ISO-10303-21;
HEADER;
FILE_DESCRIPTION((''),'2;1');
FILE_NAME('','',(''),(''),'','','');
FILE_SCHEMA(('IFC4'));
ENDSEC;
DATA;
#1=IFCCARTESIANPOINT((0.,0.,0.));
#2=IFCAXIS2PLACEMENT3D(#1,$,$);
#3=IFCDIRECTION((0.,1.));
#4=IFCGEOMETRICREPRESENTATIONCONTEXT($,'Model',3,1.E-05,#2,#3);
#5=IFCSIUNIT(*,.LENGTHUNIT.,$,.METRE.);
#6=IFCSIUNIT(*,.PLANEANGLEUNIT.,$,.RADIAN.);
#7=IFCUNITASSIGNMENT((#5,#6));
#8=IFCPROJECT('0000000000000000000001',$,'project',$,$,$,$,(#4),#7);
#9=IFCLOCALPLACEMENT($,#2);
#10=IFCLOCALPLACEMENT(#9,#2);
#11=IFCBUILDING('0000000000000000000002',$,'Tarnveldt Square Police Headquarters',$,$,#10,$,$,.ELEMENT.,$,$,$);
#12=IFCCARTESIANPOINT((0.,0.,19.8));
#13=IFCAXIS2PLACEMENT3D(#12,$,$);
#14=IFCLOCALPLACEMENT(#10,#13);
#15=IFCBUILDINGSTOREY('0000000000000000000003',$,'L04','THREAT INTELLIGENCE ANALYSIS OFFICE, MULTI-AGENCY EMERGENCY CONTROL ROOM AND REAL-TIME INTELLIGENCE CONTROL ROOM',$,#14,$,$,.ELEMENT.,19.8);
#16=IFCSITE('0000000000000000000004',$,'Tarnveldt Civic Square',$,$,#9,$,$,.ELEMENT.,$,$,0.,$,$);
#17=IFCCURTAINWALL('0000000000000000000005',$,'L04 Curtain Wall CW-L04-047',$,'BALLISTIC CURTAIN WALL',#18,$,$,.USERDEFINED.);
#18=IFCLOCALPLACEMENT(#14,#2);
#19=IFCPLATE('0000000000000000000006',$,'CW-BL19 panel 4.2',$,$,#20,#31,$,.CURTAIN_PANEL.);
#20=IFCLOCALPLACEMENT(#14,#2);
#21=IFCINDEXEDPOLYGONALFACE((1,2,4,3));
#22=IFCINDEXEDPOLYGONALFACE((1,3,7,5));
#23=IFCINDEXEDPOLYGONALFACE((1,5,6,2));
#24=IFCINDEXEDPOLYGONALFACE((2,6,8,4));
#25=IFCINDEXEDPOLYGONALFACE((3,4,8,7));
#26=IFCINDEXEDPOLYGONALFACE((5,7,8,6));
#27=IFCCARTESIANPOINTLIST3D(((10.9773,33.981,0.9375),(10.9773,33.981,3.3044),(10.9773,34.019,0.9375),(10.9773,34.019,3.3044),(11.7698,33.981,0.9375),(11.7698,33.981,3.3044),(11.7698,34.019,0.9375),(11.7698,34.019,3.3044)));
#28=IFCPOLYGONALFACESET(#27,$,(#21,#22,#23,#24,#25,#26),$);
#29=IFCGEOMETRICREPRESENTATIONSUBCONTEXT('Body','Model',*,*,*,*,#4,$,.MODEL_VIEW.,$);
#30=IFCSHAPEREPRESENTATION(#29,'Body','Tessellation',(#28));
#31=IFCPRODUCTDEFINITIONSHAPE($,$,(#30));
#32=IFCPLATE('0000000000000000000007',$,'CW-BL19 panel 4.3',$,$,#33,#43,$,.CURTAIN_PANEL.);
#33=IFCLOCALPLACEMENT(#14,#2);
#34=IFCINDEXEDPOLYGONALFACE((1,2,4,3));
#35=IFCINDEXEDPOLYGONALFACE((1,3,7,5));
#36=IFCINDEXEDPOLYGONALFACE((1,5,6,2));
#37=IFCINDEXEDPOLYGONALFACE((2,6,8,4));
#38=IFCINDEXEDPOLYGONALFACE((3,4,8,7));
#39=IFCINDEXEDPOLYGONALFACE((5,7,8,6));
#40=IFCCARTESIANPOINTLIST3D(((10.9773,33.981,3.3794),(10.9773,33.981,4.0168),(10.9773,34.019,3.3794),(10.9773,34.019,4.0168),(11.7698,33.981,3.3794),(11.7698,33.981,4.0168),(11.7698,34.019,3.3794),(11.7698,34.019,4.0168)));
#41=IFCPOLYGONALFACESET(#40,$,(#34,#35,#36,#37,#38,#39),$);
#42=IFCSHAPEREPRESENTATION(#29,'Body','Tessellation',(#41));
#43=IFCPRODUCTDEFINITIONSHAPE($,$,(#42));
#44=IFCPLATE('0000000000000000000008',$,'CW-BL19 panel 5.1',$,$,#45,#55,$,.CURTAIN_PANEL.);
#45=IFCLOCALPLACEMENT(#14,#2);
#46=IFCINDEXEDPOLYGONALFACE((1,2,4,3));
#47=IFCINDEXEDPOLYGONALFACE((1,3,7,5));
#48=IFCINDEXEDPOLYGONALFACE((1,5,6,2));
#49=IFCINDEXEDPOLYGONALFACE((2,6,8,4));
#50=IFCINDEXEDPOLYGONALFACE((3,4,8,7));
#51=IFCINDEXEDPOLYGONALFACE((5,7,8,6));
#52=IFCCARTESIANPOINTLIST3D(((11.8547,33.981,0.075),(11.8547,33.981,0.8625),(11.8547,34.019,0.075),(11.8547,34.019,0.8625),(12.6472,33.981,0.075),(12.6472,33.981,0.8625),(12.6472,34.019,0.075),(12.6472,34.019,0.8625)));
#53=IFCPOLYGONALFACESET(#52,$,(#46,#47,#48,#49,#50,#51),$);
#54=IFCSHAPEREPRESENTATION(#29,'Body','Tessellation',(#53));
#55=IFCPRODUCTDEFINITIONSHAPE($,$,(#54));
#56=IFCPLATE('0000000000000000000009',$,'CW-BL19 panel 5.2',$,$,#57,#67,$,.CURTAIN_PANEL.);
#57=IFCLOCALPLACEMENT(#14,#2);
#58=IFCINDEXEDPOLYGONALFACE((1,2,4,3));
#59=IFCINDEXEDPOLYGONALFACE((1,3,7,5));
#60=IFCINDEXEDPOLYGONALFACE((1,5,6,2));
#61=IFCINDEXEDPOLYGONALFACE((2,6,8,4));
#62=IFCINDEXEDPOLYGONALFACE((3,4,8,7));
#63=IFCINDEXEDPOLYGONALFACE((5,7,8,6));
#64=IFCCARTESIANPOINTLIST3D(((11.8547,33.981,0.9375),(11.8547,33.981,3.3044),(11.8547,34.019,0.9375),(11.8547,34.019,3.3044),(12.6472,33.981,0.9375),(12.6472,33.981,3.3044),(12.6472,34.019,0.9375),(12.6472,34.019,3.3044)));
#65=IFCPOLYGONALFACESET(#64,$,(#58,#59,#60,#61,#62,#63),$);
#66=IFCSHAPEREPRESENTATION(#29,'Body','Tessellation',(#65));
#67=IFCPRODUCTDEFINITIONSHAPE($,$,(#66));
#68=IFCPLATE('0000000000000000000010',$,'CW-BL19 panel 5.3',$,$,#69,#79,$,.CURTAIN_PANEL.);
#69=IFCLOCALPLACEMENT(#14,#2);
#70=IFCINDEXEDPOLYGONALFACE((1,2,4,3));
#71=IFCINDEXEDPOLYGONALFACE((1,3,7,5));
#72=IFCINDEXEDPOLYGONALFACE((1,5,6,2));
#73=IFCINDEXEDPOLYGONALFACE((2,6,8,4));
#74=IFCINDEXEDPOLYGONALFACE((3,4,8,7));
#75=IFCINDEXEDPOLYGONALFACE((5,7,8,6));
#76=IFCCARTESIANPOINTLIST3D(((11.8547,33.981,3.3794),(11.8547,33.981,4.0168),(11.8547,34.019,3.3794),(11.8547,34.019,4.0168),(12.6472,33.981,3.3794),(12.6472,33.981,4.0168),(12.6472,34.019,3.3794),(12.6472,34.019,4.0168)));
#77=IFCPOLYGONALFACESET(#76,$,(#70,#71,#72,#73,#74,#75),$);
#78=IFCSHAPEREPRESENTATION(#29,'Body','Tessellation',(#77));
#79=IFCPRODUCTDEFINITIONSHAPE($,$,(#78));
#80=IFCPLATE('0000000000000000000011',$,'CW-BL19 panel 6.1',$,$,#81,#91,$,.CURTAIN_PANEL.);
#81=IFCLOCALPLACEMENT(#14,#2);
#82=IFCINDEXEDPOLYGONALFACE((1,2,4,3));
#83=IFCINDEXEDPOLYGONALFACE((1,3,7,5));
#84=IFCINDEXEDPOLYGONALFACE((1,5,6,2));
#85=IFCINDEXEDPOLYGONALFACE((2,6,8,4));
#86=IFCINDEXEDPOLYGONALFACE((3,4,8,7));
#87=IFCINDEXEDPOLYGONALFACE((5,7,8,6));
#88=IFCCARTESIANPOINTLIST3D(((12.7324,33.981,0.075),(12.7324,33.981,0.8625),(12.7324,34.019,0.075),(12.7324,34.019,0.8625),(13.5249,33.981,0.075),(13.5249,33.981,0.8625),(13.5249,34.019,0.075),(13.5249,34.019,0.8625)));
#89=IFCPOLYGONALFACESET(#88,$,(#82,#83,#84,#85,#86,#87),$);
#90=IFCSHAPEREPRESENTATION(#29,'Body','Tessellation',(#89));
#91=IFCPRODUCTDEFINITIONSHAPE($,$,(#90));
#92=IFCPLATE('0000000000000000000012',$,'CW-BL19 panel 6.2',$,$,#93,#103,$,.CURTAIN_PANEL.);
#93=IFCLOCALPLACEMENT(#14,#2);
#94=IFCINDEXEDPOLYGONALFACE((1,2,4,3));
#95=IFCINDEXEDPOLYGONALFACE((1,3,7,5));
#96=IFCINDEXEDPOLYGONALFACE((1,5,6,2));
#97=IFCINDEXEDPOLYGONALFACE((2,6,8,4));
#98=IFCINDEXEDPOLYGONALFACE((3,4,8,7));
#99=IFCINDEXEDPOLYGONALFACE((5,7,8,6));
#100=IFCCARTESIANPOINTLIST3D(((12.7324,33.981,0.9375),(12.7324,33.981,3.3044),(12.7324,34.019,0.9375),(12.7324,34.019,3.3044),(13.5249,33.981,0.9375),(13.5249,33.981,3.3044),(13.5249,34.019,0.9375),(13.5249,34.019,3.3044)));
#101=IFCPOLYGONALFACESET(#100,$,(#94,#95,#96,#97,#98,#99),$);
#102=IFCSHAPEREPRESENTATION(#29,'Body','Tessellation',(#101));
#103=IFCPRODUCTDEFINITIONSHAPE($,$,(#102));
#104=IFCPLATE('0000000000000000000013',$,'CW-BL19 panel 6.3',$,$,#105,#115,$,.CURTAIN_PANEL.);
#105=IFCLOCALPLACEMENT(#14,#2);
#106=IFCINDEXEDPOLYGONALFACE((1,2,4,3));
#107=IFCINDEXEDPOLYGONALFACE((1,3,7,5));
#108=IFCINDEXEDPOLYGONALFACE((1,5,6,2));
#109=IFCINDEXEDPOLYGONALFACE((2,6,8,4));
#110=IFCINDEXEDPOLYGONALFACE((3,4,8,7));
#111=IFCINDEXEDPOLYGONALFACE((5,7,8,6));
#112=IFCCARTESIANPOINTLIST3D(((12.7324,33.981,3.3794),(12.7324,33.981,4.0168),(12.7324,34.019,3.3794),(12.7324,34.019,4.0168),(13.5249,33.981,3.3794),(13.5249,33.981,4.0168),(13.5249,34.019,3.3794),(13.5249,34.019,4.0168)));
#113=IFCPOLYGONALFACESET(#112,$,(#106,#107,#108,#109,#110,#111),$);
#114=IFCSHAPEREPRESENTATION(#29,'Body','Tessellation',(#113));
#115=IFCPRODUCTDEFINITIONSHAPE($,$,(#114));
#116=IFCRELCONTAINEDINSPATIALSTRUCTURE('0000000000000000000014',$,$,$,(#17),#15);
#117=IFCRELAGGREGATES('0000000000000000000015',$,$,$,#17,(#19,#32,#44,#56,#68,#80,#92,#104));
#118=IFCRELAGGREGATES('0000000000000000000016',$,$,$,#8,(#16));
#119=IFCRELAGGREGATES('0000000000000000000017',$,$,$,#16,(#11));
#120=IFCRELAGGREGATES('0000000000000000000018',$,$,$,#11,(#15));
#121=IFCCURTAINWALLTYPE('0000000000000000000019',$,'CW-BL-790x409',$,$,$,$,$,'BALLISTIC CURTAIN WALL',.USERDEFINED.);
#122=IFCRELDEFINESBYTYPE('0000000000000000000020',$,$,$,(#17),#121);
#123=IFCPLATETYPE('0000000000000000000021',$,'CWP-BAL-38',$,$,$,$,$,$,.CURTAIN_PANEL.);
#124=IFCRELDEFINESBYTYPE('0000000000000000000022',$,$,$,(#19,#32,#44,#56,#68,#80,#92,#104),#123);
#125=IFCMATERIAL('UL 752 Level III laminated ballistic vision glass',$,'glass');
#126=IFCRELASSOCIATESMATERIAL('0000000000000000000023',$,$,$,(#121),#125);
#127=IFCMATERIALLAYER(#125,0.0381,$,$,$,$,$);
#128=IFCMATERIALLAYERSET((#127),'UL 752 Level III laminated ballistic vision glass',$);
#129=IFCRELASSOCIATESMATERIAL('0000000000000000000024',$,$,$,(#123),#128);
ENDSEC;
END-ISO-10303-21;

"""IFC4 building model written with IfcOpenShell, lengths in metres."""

from ifc_helpers import new_model, si_unit, direction, frame, origin, origin_2d, place, context, subcontext, project, spatial, rectangle, extrude, material, layer, layer_set, type_object, element, aggregate, save


model = new_model("IFC4")

# Units and contexts
model_context = context("Model", 3, precision=1e-05, world=origin(), true_north=direction((0.0, 1.0)))
body_context = subcontext(model_context, "Body", "Model", "MODEL_VIEW")
ifc_project = project(units=[si_unit("LENGTHUNIT", "METRE"), si_unit("PLANEANGLEUNIT", "RADIAN")], contexts=[model_context])

# Site, building, storey
site_placement = place(None, origin())
site = spatial("IfcSite", under=ifc_project, at=site_placement, Name="Tarnveldt Civic Square", CompositionType="ELEMENT", RefElevation=0.0)
building_placement = place(site_placement, origin())
building = spatial("IfcBuilding", under=site, at=building_placement, Name="Tarnveldt Square Police Headquarters", CompositionType="ELEMENT")
storey_placement = place(building_placement, frame((0.0, 0.0, 19.8)))
storey = spatial("IfcBuildingStorey", under=building, at=storey_placement, Name="L04", Description="THREAT INTELLIGENCE ANALYSIS OFFICE, MULTI-AGENCY EMERGENCY CONTROL ROOM AND REAL-TIME INTELLIGENCE CONTROL ROOM", CompositionType="ELEMENT", Elevation=19.8)

# Curtain wall, plates
ifc_material_1 = material(Name="UL 752 Level III laminated ballistic vision glass", Category="glass")
curtain_wall_type = type_object("IfcCurtainWallType", Name="CW-BL-790x409", ElementType="BALLISTIC CURTAIN WALL", PredefinedType="USERDEFINED", material=ifc_material_1)
curtain_wall_placement = place(storey_placement, origin())
curtain_wall = element("IfcCurtainWall", 1, at=curtain_wall_placement, inside=storey, type_object=curtain_wall_type, Name="L04 Curtain Wall CW-L04-047", ObjectType="BALLISTIC CURTAIN WALL", PredefinedType="USERDEFINED")
ifc_layer = layer(ifc_material_1, 0.0381)
ifc_layer_set = layer_set([ifc_layer], Name="UL 752 Level III laminated ballistic vision glass")
plate_type = type_object("IfcPlateType", Name="CWP-BAL-38", PredefinedType="CURTAIN_PANEL", material=ifc_layer_set)
plate_1_placement = place(storey_placement, frame((11.3735, 34.0, 0.9375), z_axis=(0.0, 0.0, 1.0), x_axis=(1.0, 0.0, 0.0)))
plate_1 = element("IfcPlate", 2, at=plate_1_placement, type_object=plate_type, Name="CW-BL19 panel 4.2", PredefinedType="CURTAIN_PANEL", context=body_context, shape_type="SweptSolid", body=[
    extrude(rectangle(XDim=0.7925, YDim=0.0381, at=origin_2d()), origin(), (0.0, 0.0, 1.0), 2.3669),
])
plate_2_placement = place(storey_placement, frame((11.3735, 34.0, 3.3794), z_axis=(0.0, 0.0, 1.0), x_axis=(1.0, 0.0, 0.0)))
plate_2 = element("IfcPlate", 3, at=plate_2_placement, type_object=plate_type, Name="CW-BL19 panel 4.3", PredefinedType="CURTAIN_PANEL", context=body_context, shape_type="SweptSolid", body=[
    extrude(rectangle(XDim=0.7925, YDim=0.0381, at=origin_2d()), origin(), (0.0, 0.0, 1.0), 0.6375),
])
plate_3_placement = place(storey_placement, frame((12.251, 34.0, 0.075), z_axis=(0.0, 0.0, 1.0), x_axis=(1.0, 0.0, 0.0)))
plate_3 = element("IfcPlate", 4, at=plate_3_placement, type_object=plate_type, Name="CW-BL19 panel 5.1", PredefinedType="CURTAIN_PANEL", context=body_context, shape_type="SweptSolid", body=[
    extrude(rectangle(XDim=0.7925, YDim=0.0381, at=origin_2d()), origin(), (0.0, 0.0, 1.0), 0.7876),
])
plate_4_placement = place(storey_placement, frame((12.251, 34.0, 0.9375), z_axis=(0.0, 0.0, 1.0), x_axis=(1.0, 0.0, 0.0)))
plate_4 = element("IfcPlate", 5, at=plate_4_placement, type_object=plate_type, Name="CW-BL19 panel 5.2", PredefinedType="CURTAIN_PANEL", context=body_context, shape_type="SweptSolid", body=[
    extrude(rectangle(XDim=0.7925, YDim=0.0381, at=origin_2d()), origin(), (0.0, 0.0, 1.0), 2.3669),
])
plate_5_placement = place(storey_placement, frame((12.251, 34.0, 3.3794), z_axis=(0.0, 0.0, 1.0), x_axis=(1.0, 0.0, 0.0)))
plate_5 = element("IfcPlate", 6, at=plate_5_placement, type_object=plate_type, Name="CW-BL19 panel 5.3", PredefinedType="CURTAIN_PANEL", context=body_context, shape_type="SweptSolid", body=[
    extrude(rectangle(XDim=0.7925, YDim=0.0381, at=origin_2d()), origin(), (0.0, 0.0, 1.0), 0.6375),
])
plate_6_placement = place(storey_placement, frame((13.1287, 34.0, 0.075), z_axis=(0.0, 0.0, 1.0), x_axis=(1.0, 0.0, 0.0)))
plate_6 = element("IfcPlate", 7, at=plate_6_placement, type_object=plate_type, Name="CW-BL19 panel 6.1", PredefinedType="CURTAIN_PANEL", context=body_context, shape_type="SweptSolid", body=[
    extrude(rectangle(XDim=0.7925, YDim=0.0381, at=origin_2d()), origin(), (0.0, 0.0, 1.0), 0.7876),
])
plate_7_placement = place(storey_placement, frame((13.1287, 34.0, 0.9375), z_axis=(0.0, 0.0, 1.0), x_axis=(1.0, 0.0, 0.0)))
plate_7 = element("IfcPlate", 8, at=plate_7_placement, type_object=plate_type, Name="CW-BL19 panel 6.2", PredefinedType="CURTAIN_PANEL", context=body_context, shape_type="SweptSolid", body=[
    extrude(rectangle(XDim=0.7925, YDim=0.0381, at=origin_2d()), origin(), (0.0, 0.0, 1.0), 2.3669),
])
plate_8_placement = place(storey_placement, frame((13.1287, 34.0, 3.3794), z_axis=(0.0, 0.0, 1.0), x_axis=(1.0, 0.0, 0.0)))
plate_8 = element("IfcPlate", 9, at=plate_8_placement, type_object=plate_type, Name="CW-BL19 panel 6.3", PredefinedType="CURTAIN_PANEL", context=body_context, shape_type="SweptSolid", body=[
    extrude(rectangle(XDim=0.7925, YDim=0.0381, at=origin_2d()), origin(), (0.0, 0.0, 1.0), 0.6375),
])
aggregate(curtain_wall, [plate_1, plate_2, plate_3, plate_4, plate_5, plate_6, plate_7, plate_8])

save(model, "model.ifc")
